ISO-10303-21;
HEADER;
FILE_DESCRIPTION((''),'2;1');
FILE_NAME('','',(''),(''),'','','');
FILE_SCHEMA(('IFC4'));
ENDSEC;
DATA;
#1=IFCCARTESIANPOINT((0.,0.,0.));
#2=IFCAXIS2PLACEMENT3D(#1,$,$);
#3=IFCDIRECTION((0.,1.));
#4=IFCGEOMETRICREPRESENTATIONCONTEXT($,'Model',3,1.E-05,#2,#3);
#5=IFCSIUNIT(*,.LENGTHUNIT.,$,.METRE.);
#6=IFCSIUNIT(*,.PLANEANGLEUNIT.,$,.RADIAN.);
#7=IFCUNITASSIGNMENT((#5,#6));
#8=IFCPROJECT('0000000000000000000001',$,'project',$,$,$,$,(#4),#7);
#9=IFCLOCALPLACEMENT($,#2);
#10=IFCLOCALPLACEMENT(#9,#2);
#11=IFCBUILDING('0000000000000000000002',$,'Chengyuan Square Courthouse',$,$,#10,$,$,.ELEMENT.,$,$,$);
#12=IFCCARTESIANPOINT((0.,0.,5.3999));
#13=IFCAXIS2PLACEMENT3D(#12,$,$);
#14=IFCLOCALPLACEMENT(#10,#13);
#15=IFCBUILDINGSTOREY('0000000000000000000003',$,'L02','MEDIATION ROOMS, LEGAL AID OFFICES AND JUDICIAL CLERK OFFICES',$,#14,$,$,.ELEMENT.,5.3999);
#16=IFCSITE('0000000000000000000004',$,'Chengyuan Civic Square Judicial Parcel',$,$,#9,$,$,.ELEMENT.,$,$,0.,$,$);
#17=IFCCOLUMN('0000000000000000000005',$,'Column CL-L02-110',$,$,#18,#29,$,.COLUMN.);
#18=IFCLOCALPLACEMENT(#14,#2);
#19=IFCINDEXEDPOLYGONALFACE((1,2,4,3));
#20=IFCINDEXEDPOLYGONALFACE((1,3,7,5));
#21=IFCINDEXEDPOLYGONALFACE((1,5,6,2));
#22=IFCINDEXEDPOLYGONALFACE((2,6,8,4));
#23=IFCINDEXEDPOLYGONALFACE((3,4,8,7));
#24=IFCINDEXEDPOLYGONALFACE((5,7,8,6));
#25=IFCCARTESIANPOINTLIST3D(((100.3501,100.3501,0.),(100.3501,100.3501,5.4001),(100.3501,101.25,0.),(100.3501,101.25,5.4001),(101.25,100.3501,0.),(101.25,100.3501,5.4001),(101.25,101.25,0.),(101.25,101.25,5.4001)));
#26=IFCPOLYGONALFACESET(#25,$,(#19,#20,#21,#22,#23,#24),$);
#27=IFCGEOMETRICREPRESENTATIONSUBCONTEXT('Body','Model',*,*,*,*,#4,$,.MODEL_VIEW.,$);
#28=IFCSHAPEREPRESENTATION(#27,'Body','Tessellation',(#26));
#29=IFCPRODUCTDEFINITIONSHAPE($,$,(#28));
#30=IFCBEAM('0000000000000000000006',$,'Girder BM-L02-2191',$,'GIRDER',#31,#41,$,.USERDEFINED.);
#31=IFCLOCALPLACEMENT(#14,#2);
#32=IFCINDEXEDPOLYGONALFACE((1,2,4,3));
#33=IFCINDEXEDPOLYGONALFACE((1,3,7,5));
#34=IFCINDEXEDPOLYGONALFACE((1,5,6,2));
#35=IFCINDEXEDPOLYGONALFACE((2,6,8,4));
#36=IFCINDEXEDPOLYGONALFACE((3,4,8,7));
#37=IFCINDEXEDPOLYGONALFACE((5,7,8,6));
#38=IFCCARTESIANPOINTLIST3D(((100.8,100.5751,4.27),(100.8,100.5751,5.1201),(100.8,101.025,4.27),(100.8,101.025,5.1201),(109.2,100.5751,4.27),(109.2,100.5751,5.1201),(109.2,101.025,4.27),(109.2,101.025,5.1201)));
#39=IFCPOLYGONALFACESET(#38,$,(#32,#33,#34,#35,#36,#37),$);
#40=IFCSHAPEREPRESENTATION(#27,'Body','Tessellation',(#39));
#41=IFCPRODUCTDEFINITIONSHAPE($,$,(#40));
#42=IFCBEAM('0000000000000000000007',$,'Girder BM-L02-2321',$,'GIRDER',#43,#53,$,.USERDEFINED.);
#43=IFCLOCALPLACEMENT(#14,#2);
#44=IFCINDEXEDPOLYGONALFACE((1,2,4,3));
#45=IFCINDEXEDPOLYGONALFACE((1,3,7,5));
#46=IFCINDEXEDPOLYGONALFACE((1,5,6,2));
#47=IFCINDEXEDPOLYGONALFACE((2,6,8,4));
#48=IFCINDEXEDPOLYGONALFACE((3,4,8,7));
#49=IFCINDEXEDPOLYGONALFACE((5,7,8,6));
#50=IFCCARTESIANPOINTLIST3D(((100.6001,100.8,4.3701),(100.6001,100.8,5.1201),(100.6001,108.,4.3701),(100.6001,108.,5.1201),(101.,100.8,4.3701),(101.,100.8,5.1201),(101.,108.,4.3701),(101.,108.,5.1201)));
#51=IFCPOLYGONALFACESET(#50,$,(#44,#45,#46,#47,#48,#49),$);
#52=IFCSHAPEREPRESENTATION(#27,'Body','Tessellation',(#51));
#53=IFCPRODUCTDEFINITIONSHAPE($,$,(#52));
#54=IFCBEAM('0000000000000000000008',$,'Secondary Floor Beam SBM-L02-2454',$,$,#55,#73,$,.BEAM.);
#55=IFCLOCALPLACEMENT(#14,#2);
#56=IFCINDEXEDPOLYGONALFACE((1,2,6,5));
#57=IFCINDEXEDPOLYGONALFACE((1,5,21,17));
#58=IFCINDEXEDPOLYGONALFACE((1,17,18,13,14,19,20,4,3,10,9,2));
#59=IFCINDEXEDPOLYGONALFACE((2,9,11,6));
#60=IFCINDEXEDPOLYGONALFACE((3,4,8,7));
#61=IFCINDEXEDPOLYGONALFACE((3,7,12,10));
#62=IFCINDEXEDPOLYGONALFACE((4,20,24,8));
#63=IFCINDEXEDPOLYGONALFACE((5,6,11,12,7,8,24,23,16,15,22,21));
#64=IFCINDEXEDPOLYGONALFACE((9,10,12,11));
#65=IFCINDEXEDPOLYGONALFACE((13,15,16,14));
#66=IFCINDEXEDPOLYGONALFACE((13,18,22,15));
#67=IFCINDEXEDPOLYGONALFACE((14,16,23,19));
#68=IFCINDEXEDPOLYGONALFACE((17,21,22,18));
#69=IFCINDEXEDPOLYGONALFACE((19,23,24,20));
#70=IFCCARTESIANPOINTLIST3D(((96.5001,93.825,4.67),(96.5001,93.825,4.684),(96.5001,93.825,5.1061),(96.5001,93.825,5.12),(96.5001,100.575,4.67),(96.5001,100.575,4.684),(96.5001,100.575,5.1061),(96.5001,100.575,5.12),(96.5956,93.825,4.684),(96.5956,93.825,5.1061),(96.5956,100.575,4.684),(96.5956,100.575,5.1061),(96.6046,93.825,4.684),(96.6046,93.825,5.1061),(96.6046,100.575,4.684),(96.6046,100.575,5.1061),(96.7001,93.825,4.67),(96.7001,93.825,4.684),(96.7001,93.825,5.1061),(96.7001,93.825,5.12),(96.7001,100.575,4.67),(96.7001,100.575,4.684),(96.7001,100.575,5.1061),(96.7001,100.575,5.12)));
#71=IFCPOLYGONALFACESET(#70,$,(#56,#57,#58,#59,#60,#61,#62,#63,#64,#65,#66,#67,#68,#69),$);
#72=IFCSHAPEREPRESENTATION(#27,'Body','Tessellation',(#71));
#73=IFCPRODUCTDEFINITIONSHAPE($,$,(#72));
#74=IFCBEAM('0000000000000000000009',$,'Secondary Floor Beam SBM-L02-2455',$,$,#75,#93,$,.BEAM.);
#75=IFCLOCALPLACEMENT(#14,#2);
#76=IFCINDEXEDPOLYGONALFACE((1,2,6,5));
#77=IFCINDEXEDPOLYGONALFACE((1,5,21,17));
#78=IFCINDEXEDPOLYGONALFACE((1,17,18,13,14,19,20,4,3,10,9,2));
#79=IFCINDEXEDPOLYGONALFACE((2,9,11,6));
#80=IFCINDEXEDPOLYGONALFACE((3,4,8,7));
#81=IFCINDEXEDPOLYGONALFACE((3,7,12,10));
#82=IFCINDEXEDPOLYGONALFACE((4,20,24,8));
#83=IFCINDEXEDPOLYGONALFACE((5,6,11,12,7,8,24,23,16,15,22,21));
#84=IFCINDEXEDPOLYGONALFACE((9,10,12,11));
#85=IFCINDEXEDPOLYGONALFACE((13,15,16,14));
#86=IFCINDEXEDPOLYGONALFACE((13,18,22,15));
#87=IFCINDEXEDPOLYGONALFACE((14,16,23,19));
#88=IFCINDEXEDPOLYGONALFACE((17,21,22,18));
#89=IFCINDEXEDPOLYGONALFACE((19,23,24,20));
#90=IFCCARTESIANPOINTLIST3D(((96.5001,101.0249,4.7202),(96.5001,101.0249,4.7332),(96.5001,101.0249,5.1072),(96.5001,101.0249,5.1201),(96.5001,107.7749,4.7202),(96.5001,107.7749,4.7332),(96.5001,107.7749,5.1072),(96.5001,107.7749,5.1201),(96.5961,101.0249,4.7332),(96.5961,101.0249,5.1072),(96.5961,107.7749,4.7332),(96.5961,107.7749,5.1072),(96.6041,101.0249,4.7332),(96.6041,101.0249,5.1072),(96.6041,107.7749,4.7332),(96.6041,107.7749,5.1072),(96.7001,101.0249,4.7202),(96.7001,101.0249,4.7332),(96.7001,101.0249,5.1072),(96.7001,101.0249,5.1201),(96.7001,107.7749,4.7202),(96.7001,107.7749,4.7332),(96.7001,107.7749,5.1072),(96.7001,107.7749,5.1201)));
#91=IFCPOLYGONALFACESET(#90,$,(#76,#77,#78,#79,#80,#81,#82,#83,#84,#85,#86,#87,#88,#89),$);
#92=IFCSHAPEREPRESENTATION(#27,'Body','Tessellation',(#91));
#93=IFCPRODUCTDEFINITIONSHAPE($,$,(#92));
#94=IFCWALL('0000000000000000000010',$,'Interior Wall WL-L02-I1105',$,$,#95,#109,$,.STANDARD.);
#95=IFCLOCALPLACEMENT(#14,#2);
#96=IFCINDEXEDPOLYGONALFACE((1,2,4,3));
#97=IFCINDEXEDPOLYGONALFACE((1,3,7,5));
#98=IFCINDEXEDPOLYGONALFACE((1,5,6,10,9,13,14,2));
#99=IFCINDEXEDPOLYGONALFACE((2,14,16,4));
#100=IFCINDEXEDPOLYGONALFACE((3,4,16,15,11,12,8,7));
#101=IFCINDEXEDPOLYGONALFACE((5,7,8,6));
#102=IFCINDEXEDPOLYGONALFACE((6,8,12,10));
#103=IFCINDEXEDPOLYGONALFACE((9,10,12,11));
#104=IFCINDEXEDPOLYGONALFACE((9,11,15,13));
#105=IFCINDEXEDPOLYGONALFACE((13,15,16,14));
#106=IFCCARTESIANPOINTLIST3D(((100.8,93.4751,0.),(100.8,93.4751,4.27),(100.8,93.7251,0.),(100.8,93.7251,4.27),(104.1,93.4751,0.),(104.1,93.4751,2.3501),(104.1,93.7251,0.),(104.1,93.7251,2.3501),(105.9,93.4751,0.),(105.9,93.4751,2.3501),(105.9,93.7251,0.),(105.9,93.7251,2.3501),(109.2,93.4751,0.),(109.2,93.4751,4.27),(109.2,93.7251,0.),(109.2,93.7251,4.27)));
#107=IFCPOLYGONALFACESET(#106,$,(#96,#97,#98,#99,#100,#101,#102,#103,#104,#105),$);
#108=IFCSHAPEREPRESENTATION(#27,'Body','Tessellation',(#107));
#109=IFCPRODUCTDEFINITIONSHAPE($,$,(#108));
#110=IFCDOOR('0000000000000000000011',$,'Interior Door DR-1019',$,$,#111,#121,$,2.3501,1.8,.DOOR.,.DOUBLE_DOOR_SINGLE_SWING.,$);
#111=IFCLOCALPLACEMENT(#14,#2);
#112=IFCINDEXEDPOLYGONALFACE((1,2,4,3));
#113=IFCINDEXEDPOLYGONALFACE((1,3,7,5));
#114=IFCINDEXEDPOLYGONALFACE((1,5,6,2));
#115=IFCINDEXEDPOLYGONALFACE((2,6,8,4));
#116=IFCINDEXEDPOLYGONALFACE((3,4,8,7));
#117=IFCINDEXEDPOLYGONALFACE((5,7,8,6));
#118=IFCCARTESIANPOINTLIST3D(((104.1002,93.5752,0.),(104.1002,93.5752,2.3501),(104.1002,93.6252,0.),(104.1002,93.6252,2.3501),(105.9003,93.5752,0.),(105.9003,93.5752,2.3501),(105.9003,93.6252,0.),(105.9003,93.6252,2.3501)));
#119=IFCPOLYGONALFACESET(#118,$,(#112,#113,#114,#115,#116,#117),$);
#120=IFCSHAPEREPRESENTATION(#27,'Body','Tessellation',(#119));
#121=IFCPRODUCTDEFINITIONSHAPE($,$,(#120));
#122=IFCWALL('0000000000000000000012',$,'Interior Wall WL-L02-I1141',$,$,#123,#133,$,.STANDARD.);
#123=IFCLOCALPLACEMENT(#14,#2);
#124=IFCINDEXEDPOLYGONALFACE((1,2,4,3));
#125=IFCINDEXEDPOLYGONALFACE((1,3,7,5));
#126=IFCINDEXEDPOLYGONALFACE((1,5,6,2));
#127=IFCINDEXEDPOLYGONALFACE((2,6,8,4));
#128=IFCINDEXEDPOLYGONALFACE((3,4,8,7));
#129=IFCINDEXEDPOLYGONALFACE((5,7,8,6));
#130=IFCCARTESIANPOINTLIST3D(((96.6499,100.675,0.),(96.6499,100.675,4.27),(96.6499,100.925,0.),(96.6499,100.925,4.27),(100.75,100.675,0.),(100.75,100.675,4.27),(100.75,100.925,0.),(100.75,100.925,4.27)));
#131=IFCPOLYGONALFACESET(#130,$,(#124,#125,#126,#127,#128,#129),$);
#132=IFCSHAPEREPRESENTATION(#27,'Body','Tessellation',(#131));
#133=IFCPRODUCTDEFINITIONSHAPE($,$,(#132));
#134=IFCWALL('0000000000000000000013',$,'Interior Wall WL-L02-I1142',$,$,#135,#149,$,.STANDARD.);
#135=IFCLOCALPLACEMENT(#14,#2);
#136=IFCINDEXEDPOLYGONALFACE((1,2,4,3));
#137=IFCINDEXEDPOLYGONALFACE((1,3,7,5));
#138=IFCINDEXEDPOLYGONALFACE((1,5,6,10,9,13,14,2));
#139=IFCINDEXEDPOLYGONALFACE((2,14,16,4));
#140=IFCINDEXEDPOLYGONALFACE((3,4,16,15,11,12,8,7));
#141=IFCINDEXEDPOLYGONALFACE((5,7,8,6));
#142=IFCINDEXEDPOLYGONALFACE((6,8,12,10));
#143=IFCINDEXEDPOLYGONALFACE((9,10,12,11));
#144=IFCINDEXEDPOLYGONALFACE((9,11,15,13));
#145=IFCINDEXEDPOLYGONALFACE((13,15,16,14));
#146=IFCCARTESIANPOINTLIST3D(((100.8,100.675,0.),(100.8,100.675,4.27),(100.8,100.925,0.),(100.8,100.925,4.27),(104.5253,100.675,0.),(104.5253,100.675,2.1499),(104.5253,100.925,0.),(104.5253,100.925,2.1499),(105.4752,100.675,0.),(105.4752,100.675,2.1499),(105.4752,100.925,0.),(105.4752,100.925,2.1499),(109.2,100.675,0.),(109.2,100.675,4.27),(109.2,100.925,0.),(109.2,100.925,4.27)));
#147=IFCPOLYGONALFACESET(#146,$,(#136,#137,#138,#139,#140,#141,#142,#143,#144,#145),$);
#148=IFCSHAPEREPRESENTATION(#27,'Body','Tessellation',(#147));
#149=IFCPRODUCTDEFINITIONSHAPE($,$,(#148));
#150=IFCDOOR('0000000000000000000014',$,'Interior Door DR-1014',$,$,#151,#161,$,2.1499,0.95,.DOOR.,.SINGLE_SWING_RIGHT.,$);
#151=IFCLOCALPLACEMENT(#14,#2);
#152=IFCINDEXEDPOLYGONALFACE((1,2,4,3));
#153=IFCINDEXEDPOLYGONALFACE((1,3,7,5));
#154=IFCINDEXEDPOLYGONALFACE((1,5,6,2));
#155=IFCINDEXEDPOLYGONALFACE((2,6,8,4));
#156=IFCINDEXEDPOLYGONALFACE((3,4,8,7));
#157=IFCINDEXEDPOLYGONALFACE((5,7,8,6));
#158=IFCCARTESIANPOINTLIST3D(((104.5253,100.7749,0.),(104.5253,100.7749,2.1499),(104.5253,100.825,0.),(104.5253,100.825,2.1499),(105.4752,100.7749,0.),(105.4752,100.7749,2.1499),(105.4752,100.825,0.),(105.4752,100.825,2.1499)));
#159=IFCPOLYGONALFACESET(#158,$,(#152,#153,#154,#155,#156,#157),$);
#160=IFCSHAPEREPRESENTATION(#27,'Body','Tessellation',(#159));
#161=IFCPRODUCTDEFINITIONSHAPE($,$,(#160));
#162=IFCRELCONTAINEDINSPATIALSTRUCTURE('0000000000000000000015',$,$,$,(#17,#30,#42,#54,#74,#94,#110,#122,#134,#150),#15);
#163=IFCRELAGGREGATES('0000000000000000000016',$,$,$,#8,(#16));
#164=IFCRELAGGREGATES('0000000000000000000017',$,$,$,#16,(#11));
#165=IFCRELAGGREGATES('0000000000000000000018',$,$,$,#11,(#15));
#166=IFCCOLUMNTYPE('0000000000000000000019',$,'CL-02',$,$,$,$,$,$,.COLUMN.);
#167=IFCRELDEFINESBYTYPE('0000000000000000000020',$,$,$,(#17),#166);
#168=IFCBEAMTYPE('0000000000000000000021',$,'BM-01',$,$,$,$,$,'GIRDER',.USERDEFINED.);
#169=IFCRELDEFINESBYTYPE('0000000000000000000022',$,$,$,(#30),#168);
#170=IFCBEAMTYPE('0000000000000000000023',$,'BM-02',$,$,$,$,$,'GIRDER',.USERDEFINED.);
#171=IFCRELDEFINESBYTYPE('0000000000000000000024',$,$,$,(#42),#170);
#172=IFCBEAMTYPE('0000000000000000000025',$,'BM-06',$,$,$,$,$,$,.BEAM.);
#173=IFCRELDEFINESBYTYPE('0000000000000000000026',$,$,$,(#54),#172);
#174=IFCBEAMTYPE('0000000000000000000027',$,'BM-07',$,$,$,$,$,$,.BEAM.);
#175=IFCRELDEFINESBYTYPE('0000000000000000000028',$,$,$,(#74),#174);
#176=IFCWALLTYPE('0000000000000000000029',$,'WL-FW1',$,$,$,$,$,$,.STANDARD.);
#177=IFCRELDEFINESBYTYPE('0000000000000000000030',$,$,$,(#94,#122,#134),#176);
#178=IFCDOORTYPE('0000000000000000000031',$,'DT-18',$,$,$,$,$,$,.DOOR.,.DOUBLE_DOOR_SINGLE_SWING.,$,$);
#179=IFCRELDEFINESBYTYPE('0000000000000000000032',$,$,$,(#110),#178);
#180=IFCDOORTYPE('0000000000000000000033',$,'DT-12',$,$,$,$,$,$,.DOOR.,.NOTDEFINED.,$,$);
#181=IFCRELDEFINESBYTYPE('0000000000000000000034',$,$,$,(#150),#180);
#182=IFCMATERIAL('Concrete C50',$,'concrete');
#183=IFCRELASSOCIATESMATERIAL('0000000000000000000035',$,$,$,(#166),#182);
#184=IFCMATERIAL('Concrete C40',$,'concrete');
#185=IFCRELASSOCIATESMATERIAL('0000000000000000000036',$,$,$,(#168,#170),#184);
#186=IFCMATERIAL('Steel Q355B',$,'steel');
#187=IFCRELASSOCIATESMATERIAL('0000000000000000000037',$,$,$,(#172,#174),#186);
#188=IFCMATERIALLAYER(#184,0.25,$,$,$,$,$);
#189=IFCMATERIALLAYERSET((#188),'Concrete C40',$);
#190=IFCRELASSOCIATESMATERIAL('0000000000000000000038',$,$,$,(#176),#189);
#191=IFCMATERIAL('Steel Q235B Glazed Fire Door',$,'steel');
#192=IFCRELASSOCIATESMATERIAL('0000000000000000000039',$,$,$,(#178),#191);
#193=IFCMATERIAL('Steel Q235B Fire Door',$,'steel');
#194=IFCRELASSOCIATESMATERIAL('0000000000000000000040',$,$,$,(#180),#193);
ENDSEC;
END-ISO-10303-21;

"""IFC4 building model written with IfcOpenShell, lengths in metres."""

from ifc_helpers import new_model, si_unit, direction, frame, frame_2d, origin, origin_2d, place, context, subcontext, project, spatial, rectangle, i_section, extrude, material, layer, layer_set, material_profile, profile_set, type_object, element, fill, save


model = new_model("IFC4")

# Units and contexts
model_context = context("Model", 3, precision=1e-05, world=origin(), true_north=direction((0.0, 1.0)))
body_context = subcontext(model_context, "Body", "Model", "MODEL_VIEW")
ifc_project = project(units=[si_unit("LENGTHUNIT", "METRE"), si_unit("PLANEANGLEUNIT", "RADIAN")], contexts=[model_context])

# Site, building, storey
site_placement = place(None, origin())
site = spatial("IfcSite", under=ifc_project, at=site_placement, Name="Chengyuan Civic Square Judicial Parcel", CompositionType="ELEMENT", RefElevation=0.0)
building_placement = place(site_placement, origin())
building = spatial("IfcBuilding", under=site, at=building_placement, Name="Chengyuan Square Courthouse", CompositionType="ELEMENT")
storey_placement = place(building_placement, frame((0.0, 0.0, 5.3999)))
storey = spatial("IfcBuildingStorey", under=building, at=storey_placement, Name="L02", Description="MEDIATION ROOMS, LEGAL AID OFFICES AND JUDICIAL CLERK OFFICES", CompositionType="ELEMENT", Elevation=5.3999)

# Column
ifc_material_1 = material(Name="Concrete C50", Category="concrete")
ifc_material_profile_1 = material_profile(ifc_material_1, rectangle(XDim=0.8999, YDim=0.8999, at=origin_2d()), Name="RC-COL-900x900")
ifc_profile_set_1 = profile_set([ifc_material_profile_1], Name="Concrete C50")
column_type = type_object("IfcColumnType", Name="CL-02", PredefinedType="COLUMN", material=ifc_profile_set_1)
column_placement = place(storey_placement, frame((100.8, 100.8, 0.0), z_axis=(0.0, 0.0, 1.0), x_axis=(1.0, 0.0, 0.0)))
element("IfcColumn", 1, at=column_placement, inside=storey, type_object=column_type, Name="Column CL-L02-110", PredefinedType="COLUMN", context=body_context, shape_type="SweptSolid", body=[
    extrude(rectangle(XDim=0.8999, YDim=0.8999, at=origin_2d()), origin(), (0.0, 0.0, 1.0), 5.4001),
])

# Beams
ifc_material_2 = material(Name="Concrete C40", Category="concrete")
ifc_material_profile_2 = material_profile(ifc_material_2, rectangle(XDim=0.45, YDim=0.8501, at=origin_2d()), Name="RC-BM-450x850")
ifc_profile_set_2 = profile_set([ifc_material_profile_2], Name="Concrete C40")
beam_type_1 = type_object("IfcBeamType", Name="BM-01", ElementType="GIRDER", PredefinedType="USERDEFINED", material=ifc_profile_set_2)
beam_1_placement = place(storey_placement, frame((100.8, 100.8, 4.6951), z_axis=(1.0, 0.0, 0.0), x_axis=(0.0, 1.0, 0.0)))
element("IfcBeam", 2, at=beam_1_placement, inside=storey, type_object=beam_type_1, Name="Girder BM-L02-2191", ObjectType="GIRDER", PredefinedType="USERDEFINED", context=body_context, shape_type="SweptSolid", body=[
    extrude(rectangle(XDim=0.45, YDim=0.8501, at=origin_2d()), origin(), (0.0, 0.0, 1.0), 8.3999),
])
ifc_material_profile_3 = material_profile(ifc_material_2, rectangle(XDim=0.3999, YDim=0.75, at=origin_2d()), Name="RC-BM-400x750")
ifc_profile_set_3 = profile_set([ifc_material_profile_3], Name="Concrete C40")
beam_type_2 = type_object("IfcBeamType", Name="BM-02", ElementType="GIRDER", PredefinedType="USERDEFINED", material=ifc_profile_set_3)
beam_2_placement = place(storey_placement, frame((100.8, 100.8, 4.7451), z_axis=(0.0, 1.0, 0.0), x_axis=(-1.0, 0.0, 0.0)))
element("IfcBeam", 3, at=beam_2_placement, inside=storey, type_object=beam_type_2, Name="Girder BM-L02-2321", ObjectType="GIRDER", PredefinedType="USERDEFINED", context=body_context, shape_type="SweptSolid", body=[
    extrude(rectangle(XDim=0.3999, YDim=0.75, at=origin_2d()), origin(), (0.0, 0.0, 1.0), 7.2),
])
ifc_material_3 = material(Name="Steel Q355B", Category="steel")
ifc_material_profile_4 = material_profile(ifc_material_3, i_section(OverallWidth=0.2, OverallDepth=0.45, WebThickness=0.009, FlangeThickness=0.0139, at=origin_2d()), Name="HN 450x200x9x14")
ifc_profile_set_4 = profile_set([ifc_material_profile_4], Name="Steel Q355B")
beam_type_3 = type_object("IfcBeamType", Name="BM-06", PredefinedType="BEAM", material=ifc_profile_set_4)
beam_3_placement = place(storey_placement, frame((96.6001, 93.825, 4.895), z_axis=(0.0, 1.0, 0.0), x_axis=(-1.0, 0.0, 0.0)))
element("IfcBeam", 4, at=beam_3_placement, inside=storey, type_object=beam_type_3, Name="Secondary Floor Beam SBM-L02-2454", PredefinedType="BEAM", context=body_context, shape_type="SweptSolid", body=[
    extrude(i_section(OverallWidth=0.2, OverallDepth=0.45, WebThickness=0.009, FlangeThickness=0.0139, at=origin_2d()), origin(), (0.0, 0.0, 1.0), 6.75),
])
ifc_material_profile_5 = material_profile(ifc_material_3, i_section(OverallWidth=0.2, OverallDepth=0.3999, WebThickness=0.0081, FlangeThickness=0.0129, at=origin_2d()), Name="HN 400x200x8x13")
ifc_profile_set_5 = profile_set([ifc_material_profile_5], Name="Steel Q355B")
beam_type_4 = type_object("IfcBeamType", Name="BM-07", PredefinedType="BEAM", material=ifc_profile_set_5)
beam_4_placement = place(storey_placement, frame((96.6001, 101.0249, 4.9202), z_axis=(0.0, 1.0, 0.0), x_axis=(-1.0, 0.0, 0.0)))
element("IfcBeam", 5, at=beam_4_placement, inside=storey, type_object=beam_type_4, Name="Secondary Floor Beam SBM-L02-2455", PredefinedType="BEAM", context=body_context, shape_type="SweptSolid", body=[
    extrude(i_section(OverallWidth=0.2, OverallDepth=0.3999, WebThickness=0.0081, FlangeThickness=0.0129, at=origin_2d()), origin(), (0.0, 0.0, 1.0), 6.75),
])

# Wall, opening, door
ifc_layer_1 = layer(ifc_material_2, 0.25)
ifc_layer_set_1 = layer_set([ifc_layer_1], Name="Concrete C40")
wall_type_1 = type_object("IfcWallType", Name="WL-FW1", PredefinedType="STANDARD", material=ifc_layer_set_1)
wall_1_placement = place(storey_placement, frame((100.8, 93.6001, 0.0), z_axis=(0.0, 0.0, 1.0), x_axis=(1.0, 0.0, 0.0)))
wall_1 = element("IfcWall", 6, at=wall_1_placement, inside=storey, type_object=wall_type_1, Name="Interior Wall WL-L02-I1105", PredefinedType="STANDARD", context=body_context, shape_type="SweptSolid", body=[
    extrude(rectangle(XDim=8.3999, YDim=0.25, at=frame_2d((4.2, 0.0))), origin(), (0.0, 0.0, 1.0), 4.27),
])
opening_1_placement = place(wall_1_placement, frame((3.3, 0.0, 0.0)))
opening_1 = element("IfcOpeningElement", 7, at=opening_1_placement, cuts=wall_1, PredefinedType="OPENING", context=body_context, shape_type="SweptSolid", body=[
    extrude(rectangle(XDim=1.8, YDim=2.3501, at=frame_2d((0.8999, 1.175))), frame((0.0, 0.137, 0.0), z_axis=(0.0, -1.0, 0.0), x_axis=(1.0, 0.0, 0.0)), (0.0, 0.0, 1.0), 0.2739),
])
ifc_material_4 = material(Name="Steel Q235B Glazed Fire Door", Category="steel")
door_type_1 = type_object("IfcDoorType", Name="DT-18", OperationType="DOUBLE_DOOR_SINGLE_SWING", PredefinedType="DOOR", material=ifc_material_4)
door_1_placement = place(opening_1_placement, frame((1.8, 0.0, 0.0), z_axis=(0.0, 0.0, 1.0), x_axis=(-1.0, 0.0, 0.0)))
door_1 = element("IfcDoor", 8, at=door_1_placement, inside=storey, type_object=door_type_1, Name="Interior Door DR-1019", OperationType="DOUBLE_DOOR_SINGLE_SWING", OverallHeight=2.3501, OverallWidth=1.8, PredefinedType="DOOR", context=body_context, shape_type="SweptSolid", body=[
    extrude(rectangle(XDim=1.8, YDim=2.3501, at=frame_2d((0.8999, 1.175))), frame((0.0, 0.0249, 0.0), z_axis=(0.0, -1.0, 0.0), x_axis=(1.0, 0.0, 0.0)), (0.0, 0.0, 1.0), 0.05),
])
fill(opening_1, door_1)

# Wall
wall_2_placement = place(storey_placement, frame((96.6499, 100.8, 0.0), z_axis=(0.0, 0.0, 1.0), x_axis=(1.0, 0.0, 0.0)))
element("IfcWall", 9, at=wall_2_placement, inside=storey, type_object=wall_type_1, Name="Interior Wall WL-L02-I1141", PredefinedType="STANDARD", context=body_context, shape_type="SweptSolid", body=[
    extrude(rectangle(XDim=4.1001, YDim=0.25, at=frame_2d((2.05, 0.0))), origin(), (0.0, 0.0, 1.0), 4.27),
])

# Wall, opening, door
wall_3_placement = place(storey_placement, frame((100.8, 100.8, 0.0), z_axis=(0.0, 0.0, 1.0), x_axis=(1.0, 0.0, 0.0)))
wall_3 = element("IfcWall", 10, at=wall_3_placement, inside=storey, type_object=wall_type_1, Name="Interior Wall WL-L02-I1142", PredefinedType="STANDARD", context=body_context, shape_type="SweptSolid", body=[
    extrude(rectangle(XDim=8.3999, YDim=0.25, at=frame_2d((4.2, 0.0))), origin(), (0.0, 0.0, 1.0), 4.27),
])
opening_2_placement = place(wall_3_placement, frame((3.7251, 0.0, 0.0)))
opening_2 = element("IfcOpeningElement", 11, at=opening_2_placement, cuts=wall_3, PredefinedType="OPENING", context=body_context, shape_type="SweptSolid", body=[
    extrude(rectangle(XDim=0.95, YDim=2.1499, at=frame_2d((0.4751, 1.075))), frame((0.0, 0.137, 0.0), z_axis=(0.0, -1.0, 0.0), x_axis=(1.0, 0.0, 0.0)), (0.0, 0.0, 1.0), 0.2739),
])
ifc_material_5 = material(Name="Steel Q235B Fire Door", Category="steel")
door_type_2 = type_object("IfcDoorType", Name="DT-12", OperationType="NOTDEFINED", PredefinedType="DOOR", material=ifc_material_5)
door_2_placement = place(opening_2_placement, origin())
door_2 = element("IfcDoor", 12, at=door_2_placement, inside=storey, type_object=door_type_2, Name="Interior Door DR-1014", OperationType="SINGLE_SWING_RIGHT", OverallHeight=2.1499, OverallWidth=0.95, PredefinedType="DOOR", context=body_context, shape_type="SweptSolid", body=[
    extrude(rectangle(XDim=0.95, YDim=2.1499, at=frame_2d((0.4751, 1.075))), frame((0.0, 0.0249, 0.0), z_axis=(0.0, -1.0, 0.0), x_axis=(1.0, 0.0, 0.0)), (0.0, 0.0, 1.0), 0.05),
])
fill(opening_2, door_2)

save(model, "model.ifc")
